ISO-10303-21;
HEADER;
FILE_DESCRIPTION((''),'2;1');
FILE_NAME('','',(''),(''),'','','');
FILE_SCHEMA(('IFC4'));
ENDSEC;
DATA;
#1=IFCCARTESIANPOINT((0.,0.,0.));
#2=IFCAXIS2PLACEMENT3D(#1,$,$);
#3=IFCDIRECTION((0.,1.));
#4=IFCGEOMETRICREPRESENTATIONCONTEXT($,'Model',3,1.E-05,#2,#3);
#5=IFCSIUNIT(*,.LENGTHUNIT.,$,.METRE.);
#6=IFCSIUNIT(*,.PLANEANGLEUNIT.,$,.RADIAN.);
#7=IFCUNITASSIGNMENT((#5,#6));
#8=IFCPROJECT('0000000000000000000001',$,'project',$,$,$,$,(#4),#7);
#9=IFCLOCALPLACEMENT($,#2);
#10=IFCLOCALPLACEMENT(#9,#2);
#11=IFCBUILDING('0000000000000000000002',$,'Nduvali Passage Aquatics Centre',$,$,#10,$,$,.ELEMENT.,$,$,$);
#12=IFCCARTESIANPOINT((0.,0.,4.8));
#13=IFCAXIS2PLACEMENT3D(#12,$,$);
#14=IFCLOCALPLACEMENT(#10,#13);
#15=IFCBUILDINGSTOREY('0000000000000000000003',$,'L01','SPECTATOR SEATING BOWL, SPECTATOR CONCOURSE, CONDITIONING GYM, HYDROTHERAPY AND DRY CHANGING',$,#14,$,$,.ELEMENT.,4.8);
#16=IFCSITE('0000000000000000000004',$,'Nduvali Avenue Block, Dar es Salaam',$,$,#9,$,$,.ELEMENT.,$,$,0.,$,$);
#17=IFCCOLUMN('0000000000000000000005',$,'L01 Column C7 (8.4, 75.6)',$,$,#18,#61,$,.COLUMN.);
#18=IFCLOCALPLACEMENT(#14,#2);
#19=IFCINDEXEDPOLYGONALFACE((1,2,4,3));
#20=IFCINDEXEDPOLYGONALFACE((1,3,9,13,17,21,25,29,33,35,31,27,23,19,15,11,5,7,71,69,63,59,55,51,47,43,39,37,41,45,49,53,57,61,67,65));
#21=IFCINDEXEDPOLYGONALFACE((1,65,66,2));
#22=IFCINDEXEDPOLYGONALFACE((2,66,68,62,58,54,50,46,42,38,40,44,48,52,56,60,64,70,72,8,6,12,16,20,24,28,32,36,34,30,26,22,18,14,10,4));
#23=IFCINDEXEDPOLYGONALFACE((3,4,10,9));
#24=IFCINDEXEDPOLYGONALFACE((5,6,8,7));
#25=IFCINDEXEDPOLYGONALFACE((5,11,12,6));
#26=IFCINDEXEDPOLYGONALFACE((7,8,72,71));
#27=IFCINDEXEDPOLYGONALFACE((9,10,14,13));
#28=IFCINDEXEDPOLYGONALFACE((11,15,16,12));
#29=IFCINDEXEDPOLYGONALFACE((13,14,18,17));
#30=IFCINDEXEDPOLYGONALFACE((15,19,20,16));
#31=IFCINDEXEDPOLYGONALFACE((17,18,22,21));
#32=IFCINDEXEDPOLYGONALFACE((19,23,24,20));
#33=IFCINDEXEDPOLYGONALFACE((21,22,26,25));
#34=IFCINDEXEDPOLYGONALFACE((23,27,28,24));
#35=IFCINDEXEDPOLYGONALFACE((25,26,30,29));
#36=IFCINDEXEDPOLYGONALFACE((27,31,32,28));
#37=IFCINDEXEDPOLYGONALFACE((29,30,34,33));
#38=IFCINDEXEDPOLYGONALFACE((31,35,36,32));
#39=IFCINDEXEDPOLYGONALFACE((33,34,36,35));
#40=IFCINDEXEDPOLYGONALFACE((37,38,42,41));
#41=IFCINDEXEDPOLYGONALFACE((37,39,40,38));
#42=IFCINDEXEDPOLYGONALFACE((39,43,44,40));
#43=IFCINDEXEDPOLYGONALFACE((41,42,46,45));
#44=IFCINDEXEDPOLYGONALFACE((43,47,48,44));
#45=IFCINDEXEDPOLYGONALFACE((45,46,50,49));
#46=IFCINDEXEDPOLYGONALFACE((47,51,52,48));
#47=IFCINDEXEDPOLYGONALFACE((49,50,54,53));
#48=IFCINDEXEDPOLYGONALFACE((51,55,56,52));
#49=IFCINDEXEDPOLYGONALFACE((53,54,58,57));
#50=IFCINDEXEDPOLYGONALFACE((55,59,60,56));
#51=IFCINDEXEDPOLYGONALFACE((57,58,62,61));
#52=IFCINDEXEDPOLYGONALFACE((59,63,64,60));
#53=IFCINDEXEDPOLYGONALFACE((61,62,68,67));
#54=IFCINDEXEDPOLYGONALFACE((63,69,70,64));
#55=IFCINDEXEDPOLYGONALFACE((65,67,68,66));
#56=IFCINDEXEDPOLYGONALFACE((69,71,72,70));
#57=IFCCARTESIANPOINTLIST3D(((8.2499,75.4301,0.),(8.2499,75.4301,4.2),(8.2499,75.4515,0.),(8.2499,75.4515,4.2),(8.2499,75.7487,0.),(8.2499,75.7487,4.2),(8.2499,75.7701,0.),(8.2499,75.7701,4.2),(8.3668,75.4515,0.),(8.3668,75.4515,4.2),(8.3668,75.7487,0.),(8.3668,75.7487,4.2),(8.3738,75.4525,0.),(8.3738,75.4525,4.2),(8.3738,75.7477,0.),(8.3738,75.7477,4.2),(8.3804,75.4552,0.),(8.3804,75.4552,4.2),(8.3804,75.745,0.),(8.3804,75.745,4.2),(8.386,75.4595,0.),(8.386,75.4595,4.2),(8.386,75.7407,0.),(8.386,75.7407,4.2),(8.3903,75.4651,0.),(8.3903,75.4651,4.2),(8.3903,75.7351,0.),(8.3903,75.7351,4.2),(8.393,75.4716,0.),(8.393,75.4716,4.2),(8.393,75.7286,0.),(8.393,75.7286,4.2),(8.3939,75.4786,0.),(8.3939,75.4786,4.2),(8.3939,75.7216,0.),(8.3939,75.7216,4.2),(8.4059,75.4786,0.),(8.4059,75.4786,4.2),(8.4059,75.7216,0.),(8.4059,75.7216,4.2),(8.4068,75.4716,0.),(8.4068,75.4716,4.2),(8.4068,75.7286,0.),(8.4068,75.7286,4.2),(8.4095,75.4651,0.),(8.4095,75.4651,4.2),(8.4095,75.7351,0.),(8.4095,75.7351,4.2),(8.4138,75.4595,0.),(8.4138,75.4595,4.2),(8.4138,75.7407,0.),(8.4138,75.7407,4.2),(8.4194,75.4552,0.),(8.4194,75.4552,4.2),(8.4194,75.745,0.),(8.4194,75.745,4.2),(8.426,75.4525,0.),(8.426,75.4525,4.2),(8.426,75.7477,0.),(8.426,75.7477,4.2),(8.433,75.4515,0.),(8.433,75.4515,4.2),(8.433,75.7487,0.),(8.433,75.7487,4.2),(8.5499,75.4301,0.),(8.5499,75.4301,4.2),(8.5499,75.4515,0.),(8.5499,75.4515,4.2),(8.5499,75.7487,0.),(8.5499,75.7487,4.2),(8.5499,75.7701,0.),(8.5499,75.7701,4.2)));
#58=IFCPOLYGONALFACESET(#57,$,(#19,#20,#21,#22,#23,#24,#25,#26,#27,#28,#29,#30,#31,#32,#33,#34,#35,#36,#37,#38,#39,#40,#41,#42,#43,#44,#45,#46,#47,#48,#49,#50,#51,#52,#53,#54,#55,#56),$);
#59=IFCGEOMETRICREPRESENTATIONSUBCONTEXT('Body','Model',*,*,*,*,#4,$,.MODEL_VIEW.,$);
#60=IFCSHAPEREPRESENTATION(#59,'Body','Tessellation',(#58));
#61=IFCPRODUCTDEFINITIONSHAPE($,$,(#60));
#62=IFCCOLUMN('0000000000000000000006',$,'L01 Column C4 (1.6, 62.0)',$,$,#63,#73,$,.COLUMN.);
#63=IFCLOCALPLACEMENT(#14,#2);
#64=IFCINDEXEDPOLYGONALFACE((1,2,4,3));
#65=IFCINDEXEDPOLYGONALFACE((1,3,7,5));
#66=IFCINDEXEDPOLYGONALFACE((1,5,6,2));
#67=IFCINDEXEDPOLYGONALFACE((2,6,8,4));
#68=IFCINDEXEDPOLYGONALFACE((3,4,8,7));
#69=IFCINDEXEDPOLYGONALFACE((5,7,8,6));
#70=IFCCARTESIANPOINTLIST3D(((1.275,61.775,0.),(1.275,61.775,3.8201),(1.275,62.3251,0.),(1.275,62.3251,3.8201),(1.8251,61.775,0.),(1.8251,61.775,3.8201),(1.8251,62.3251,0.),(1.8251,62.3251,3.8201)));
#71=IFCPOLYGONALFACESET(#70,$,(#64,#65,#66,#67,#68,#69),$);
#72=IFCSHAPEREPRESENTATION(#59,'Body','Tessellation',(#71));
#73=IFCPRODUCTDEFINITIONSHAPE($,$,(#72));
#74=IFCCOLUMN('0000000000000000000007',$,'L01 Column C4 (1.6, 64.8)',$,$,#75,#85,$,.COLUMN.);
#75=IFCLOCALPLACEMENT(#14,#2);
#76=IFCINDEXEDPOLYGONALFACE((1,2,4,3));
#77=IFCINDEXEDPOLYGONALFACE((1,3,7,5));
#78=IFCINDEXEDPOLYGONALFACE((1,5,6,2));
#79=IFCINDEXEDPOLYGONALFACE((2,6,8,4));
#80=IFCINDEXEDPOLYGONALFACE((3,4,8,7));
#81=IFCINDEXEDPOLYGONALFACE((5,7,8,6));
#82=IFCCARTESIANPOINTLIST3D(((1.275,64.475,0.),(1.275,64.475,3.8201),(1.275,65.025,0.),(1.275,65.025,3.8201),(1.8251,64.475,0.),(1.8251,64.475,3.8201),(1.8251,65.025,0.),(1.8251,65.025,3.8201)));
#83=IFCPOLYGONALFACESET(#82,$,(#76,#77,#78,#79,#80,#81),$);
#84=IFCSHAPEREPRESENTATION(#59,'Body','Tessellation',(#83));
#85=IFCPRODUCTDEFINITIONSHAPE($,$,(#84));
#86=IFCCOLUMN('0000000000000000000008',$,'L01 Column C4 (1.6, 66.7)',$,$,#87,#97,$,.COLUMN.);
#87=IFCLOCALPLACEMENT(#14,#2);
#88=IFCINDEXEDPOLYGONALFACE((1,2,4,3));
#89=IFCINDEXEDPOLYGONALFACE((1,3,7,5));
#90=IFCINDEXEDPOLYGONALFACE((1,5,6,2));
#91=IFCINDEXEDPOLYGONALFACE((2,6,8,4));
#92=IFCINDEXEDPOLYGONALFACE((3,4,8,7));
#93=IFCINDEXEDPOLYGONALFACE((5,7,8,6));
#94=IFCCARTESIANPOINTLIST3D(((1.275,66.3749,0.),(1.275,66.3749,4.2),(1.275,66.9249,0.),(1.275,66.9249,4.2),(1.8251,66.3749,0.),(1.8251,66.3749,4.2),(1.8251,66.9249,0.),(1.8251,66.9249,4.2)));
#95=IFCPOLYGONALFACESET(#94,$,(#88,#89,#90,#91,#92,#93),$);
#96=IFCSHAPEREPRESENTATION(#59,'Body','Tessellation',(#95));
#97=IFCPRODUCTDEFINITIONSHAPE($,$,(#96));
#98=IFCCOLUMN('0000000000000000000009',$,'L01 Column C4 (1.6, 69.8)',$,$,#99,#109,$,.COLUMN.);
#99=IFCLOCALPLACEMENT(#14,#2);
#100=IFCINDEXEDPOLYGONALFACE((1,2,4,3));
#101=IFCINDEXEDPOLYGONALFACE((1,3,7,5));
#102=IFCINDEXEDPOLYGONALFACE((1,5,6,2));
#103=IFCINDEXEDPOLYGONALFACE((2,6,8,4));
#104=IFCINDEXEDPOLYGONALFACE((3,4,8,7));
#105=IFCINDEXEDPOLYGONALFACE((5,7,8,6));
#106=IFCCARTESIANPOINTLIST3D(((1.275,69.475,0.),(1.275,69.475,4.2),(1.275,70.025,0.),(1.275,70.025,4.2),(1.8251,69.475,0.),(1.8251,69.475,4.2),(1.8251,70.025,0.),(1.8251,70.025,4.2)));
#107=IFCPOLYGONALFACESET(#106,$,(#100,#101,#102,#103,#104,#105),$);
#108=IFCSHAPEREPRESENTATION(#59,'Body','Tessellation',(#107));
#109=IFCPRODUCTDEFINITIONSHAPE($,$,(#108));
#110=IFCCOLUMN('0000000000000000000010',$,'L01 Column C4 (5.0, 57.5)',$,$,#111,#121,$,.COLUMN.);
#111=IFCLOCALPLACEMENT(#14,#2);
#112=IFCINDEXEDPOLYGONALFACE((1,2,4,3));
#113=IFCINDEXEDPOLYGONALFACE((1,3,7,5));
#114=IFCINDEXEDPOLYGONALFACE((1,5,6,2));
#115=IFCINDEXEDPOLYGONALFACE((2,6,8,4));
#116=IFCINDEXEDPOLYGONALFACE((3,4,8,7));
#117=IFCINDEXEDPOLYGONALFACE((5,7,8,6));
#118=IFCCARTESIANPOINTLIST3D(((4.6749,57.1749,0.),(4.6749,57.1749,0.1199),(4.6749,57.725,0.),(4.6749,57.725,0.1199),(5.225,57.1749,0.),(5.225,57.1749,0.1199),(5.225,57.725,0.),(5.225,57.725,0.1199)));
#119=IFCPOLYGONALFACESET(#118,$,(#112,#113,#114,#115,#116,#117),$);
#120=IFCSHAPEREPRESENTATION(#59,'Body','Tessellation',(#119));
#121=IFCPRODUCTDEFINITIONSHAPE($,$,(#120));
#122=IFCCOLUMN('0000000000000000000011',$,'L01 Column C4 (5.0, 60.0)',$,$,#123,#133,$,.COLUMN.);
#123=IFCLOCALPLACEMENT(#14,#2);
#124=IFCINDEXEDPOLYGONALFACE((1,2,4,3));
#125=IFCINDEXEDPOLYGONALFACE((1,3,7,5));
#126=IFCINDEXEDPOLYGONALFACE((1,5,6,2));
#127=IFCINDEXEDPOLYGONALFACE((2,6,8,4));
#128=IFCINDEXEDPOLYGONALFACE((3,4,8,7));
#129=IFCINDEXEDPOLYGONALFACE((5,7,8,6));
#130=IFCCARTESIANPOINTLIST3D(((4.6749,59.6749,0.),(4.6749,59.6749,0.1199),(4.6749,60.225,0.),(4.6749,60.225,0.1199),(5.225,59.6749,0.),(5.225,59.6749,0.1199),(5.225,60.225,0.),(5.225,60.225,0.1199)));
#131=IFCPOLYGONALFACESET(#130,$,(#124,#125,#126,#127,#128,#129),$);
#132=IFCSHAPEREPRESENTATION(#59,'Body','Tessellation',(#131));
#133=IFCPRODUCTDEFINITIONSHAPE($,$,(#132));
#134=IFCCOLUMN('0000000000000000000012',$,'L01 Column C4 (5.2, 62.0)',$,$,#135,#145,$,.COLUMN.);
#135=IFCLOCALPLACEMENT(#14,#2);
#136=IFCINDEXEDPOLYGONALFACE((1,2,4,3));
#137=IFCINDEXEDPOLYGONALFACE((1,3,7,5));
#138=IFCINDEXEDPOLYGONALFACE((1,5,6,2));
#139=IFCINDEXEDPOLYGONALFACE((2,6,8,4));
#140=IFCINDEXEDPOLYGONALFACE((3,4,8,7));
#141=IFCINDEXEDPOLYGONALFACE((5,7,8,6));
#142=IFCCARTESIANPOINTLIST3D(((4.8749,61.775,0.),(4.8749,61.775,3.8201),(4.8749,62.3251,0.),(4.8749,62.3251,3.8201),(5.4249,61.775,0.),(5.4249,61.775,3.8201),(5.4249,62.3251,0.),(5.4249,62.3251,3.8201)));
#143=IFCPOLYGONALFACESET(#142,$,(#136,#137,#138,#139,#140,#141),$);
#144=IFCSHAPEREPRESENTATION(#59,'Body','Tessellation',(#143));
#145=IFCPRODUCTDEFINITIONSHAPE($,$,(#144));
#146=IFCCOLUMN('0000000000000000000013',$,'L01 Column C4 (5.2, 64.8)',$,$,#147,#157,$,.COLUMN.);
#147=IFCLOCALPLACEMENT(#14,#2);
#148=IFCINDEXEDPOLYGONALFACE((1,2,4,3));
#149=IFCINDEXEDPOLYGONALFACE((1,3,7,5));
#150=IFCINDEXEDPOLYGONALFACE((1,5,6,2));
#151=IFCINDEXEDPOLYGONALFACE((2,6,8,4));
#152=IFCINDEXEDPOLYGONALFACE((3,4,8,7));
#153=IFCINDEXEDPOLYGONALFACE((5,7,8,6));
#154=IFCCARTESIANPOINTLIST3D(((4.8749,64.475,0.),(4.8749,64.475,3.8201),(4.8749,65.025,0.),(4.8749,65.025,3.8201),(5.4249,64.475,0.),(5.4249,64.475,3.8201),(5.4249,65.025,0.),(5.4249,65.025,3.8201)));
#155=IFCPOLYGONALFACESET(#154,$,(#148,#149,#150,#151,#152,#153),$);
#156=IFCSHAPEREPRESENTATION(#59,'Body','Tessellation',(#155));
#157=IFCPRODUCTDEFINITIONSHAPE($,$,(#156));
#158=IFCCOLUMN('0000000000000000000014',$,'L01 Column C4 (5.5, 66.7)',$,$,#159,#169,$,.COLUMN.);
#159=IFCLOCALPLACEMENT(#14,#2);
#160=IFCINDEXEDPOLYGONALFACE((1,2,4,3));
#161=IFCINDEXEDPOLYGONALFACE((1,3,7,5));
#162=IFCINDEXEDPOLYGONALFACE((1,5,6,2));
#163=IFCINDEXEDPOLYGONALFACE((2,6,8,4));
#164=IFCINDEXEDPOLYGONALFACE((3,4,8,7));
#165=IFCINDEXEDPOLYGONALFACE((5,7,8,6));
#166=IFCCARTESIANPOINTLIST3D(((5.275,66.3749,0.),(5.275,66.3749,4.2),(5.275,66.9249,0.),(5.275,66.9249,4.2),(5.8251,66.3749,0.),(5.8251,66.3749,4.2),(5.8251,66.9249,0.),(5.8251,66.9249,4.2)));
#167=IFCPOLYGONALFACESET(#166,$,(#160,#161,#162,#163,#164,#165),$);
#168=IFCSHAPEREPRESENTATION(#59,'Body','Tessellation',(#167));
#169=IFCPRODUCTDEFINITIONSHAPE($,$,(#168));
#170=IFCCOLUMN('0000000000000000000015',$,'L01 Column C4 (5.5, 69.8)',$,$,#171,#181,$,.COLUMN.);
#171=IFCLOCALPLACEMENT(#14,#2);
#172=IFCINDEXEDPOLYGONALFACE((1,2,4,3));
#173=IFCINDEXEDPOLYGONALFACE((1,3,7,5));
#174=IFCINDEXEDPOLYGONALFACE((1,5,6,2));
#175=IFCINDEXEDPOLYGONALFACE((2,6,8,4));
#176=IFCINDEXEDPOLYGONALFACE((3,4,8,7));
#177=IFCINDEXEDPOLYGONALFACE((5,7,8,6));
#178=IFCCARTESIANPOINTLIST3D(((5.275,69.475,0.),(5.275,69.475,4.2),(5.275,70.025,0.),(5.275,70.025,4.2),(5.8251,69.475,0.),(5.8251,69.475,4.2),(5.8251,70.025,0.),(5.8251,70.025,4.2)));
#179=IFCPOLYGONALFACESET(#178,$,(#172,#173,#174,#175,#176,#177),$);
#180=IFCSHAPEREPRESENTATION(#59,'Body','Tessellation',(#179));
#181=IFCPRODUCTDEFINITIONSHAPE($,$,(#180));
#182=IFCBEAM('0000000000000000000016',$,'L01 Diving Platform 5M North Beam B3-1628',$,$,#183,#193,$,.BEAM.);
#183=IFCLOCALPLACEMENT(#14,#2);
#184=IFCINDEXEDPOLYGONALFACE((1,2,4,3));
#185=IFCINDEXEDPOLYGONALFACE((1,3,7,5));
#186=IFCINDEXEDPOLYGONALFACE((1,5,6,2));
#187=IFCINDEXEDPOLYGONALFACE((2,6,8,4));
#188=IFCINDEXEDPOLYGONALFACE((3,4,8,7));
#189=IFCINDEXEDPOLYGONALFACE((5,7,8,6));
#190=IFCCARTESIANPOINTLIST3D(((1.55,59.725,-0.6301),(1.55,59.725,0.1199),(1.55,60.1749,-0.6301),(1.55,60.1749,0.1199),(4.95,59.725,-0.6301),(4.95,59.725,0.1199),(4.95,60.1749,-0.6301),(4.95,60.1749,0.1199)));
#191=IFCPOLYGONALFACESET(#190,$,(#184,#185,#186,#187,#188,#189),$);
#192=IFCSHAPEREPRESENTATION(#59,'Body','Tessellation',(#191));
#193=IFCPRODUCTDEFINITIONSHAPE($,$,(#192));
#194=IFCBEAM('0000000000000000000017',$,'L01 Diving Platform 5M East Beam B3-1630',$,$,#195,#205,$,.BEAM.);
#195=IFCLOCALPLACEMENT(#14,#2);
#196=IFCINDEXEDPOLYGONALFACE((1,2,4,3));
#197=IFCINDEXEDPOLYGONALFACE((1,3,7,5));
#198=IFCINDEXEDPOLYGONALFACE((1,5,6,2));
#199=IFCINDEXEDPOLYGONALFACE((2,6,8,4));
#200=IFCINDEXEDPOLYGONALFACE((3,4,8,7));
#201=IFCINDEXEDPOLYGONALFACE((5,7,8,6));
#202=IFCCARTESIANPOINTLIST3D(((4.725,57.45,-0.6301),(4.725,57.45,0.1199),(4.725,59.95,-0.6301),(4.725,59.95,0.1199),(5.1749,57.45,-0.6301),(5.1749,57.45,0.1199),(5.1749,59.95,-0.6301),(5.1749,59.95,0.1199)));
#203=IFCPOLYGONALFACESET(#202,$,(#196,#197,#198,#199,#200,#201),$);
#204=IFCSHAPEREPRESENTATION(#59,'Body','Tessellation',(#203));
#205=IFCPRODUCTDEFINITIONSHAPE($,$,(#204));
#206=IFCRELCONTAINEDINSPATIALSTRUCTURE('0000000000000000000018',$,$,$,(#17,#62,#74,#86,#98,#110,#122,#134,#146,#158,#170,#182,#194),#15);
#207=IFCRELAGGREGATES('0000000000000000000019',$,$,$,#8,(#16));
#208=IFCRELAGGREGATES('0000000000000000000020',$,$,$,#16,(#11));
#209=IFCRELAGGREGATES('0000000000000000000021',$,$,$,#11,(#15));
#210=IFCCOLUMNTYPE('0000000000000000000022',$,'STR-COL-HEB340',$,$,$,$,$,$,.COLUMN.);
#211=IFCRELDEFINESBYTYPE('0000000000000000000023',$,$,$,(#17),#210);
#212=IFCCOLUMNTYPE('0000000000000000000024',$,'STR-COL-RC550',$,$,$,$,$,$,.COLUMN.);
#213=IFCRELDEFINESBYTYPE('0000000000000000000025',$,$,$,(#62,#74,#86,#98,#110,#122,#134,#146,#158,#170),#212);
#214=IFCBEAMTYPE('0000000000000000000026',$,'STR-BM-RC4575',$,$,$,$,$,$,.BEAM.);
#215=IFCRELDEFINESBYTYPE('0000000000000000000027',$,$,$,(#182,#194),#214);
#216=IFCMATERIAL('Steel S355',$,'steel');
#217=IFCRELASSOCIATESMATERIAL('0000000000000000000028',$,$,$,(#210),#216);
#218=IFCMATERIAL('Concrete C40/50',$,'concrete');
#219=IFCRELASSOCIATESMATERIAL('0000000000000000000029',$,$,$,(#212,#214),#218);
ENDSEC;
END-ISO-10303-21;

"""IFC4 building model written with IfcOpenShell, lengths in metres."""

from ifc_helpers import new_model, si_unit, direction, frame, origin, origin_2d, place, context, subcontext, project, spatial, rectangle, i_section, extrude, material, material_profile, profile_set, type_object, element, save


model = new_model("IFC4")

# Units and contexts
model_context = context("Model", 3, precision=1e-05, world=origin(), true_north=direction((0.0, 1.0)))
body_context = subcontext(model_context, "Body", "Model", "MODEL_VIEW")
ifc_project = project(units=[si_unit("LENGTHUNIT", "METRE"), si_unit("PLANEANGLEUNIT", "RADIAN")], contexts=[model_context])

# Site, building, storey
site_placement = place(None, origin())
site = spatial("IfcSite", under=ifc_project, at=site_placement, Name="Nduvali Avenue Block, Dar es Salaam", CompositionType="ELEMENT", RefElevation=0.0)
building_placement = place(site_placement, origin())
building = spatial("IfcBuilding", under=site, at=building_placement, Name="Nduvali Passage Aquatics Centre", CompositionType="ELEMENT")
storey_placement = place(building_placement, frame((0.0, 0.0, 4.8)))
storey = spatial("IfcBuildingStorey", under=building, at=storey_placement, Name="L01", Description="SPECTATOR SEATING BOWL, SPECTATOR CONCOURSE, CONDITIONING GYM, HYDROTHERAPY AND DRY CHANGING", CompositionType="ELEMENT", Elevation=4.8)

# Columns
ifc_material_1 = material(Name="Steel S355", Category="steel")
ifc_material_profile_1 = material_profile(ifc_material_1, i_section(OverallWidth=0.3, OverallDepth=0.3401, WebThickness=0.012, FlangeThickness=0.0215, FilletRadius=0.0271, at=origin_2d()), Name="HEB 340")
ifc_profile_set_1 = profile_set([ifc_material_profile_1], Name="Steel S355")
column_type_1 = type_object("IfcColumnType", Name="STR-COL-HEB340", PredefinedType="COLUMN", material=ifc_profile_set_1)
column_placement = place(storey_placement, frame((8.3999, 75.6001, 0.0), z_axis=(0.0, 0.0, 1.0), x_axis=(1.0, 0.0, 0.0)))
element("IfcColumn", 1, at=column_placement, inside=storey, type_object=column_type_1, Name="L01 Column C7 (8.4, 75.6)", PredefinedType="COLUMN", context=body_context, shape_type="SweptSolid", body=[
    extrude(i_section(OverallWidth=0.3, OverallDepth=0.3401, WebThickness=0.012, FlangeThickness=0.0215, FilletRadius=0.0271, at=origin_2d()), origin(), (0.0, 0.0, 1.0), 4.2),
])
ifc_material_2 = material(Name="Concrete C40/50", Category="concrete")
ifc_material_profile_2 = material_profile(ifc_material_2, rectangle(XDim=0.55, YDim=0.55, at=origin_2d()), Name="RC 550x550")
ifc_profile_set_2 = profile_set([ifc_material_profile_2], Name="Concrete C40/50")
column_type_2 = type_object("IfcColumnType", Name="STR-COL-RC550", PredefinedType="COLUMN", material=ifc_profile_set_2)
for number, where, z_axis, x_axis, name in (
    (2, (1.55, 62.05, 0.0), (0.0, 0.0, 1.0), (1.0, 0.0, 0.0), "L01 Column C4 (1.6, 62.0)"),
    (3, (1.55, 64.75, 0.0), (0.0, 0.0, 1.0), (1.0, 0.0, 0.0), "L01 Column C4 (1.6, 64.8)"),
):
    element("IfcColumn", number, at=place(storey_placement, frame(where, z_axis=z_axis, x_axis=x_axis)), inside=storey, type_object=column_type_2, Name=name, PredefinedType="COLUMN", context=body_context, shape_type="SweptSolid", body=[
        extrude(rectangle(XDim=0.55, YDim=0.55, at=origin_2d()), origin(), (0.0, 0.0, 1.0), 3.8201),
    ])
for number, where, z_axis, x_axis, name in (
    (4, (1.55, 66.6499, 0.0), (0.0, 0.0, 1.0), (1.0, 0.0, 0.0), "L01 Column C4 (1.6, 66.7)"),
    (5, (1.55, 69.75, 0.0), (0.0, 0.0, 1.0), (1.0, 0.0, 0.0), "L01 Column C4 (1.6, 69.8)"),
):
    element("IfcColumn", number, at=place(storey_placement, frame(where, z_axis=z_axis, x_axis=x_axis)), inside=storey, type_object=column_type_2, Name=name, PredefinedType="COLUMN", context=body_context, shape_type="SweptSolid", body=[
        extrude(rectangle(XDim=0.55, YDim=0.55, at=origin_2d()), origin(), (0.0, 0.0, 1.0), 4.2),
    ])
for number, where, z_axis, x_axis, name in (
    (6, (4.95, 57.45, 0.0), (0.0, 0.0, 1.0), (1.0, 0.0, 0.0), "L01 Column C4 (5.0, 57.5)"),
    (7, (4.95, 59.95, 0.0), (0.0, 0.0, 1.0), (1.0, 0.0, 0.0), "L01 Column C4 (5.0, 60.0)"),
):
    element("IfcColumn", number, at=place(storey_placement, frame(where, z_axis=z_axis, x_axis=x_axis)), inside=storey, type_object=column_type_2, Name=name, PredefinedType="COLUMN", context=body_context, shape_type="SweptSolid", body=[
        extrude(rectangle(XDim=0.55, YDim=0.55, at=origin_2d()), origin(), (0.0, 0.0, 1.0), 0.1199),
    ])
for number, where, z_axis, x_axis, name in (
    (8, (5.1499, 62.05, 0.0), (0.0, 0.0, 1.0), (1.0, 0.0, 0.0), "L01 Column C4 (5.2, 62.0)"),
    (9, (5.1499, 64.75, 0.0), (0.0, 0.0, 1.0), (1.0, 0.0, 0.0), "L01 Column C4 (5.2, 64.8)"),
):
    element("IfcColumn", number, at=place(storey_placement, frame(where, z_axis=z_axis, x_axis=x_axis)), inside=storey, type_object=column_type_2, Name=name, PredefinedType="COLUMN", context=body_context, shape_type="SweptSolid", body=[
        extrude(rectangle(XDim=0.55, YDim=0.55, at=origin_2d()), origin(), (0.0, 0.0, 1.0), 3.8201),
    ])
for number, where, z_axis, x_axis, name in (
    (10, (5.55, 66.6499, 0.0), (0.0, 0.0, 1.0), (1.0, 0.0, 0.0), "L01 Column C4 (5.5, 66.7)"),
    (11, (5.55, 69.75, 0.0), (0.0, 0.0, 1.0), (1.0, 0.0, 0.0), "L01 Column C4 (5.5, 69.8)"),
):
    element("IfcColumn", number, at=place(storey_placement, frame(where, z_axis=z_axis, x_axis=x_axis)), inside=storey, type_object=column_type_2, Name=name, PredefinedType="COLUMN", context=body_context, shape_type="SweptSolid", body=[
        extrude(rectangle(XDim=0.55, YDim=0.55, at=origin_2d()), origin(), (0.0, 0.0, 1.0), 4.2),
    ])

# Beams
ifc_material_profile_3 = material_profile(ifc_material_2, rectangle(XDim=0.45, YDim=0.75, at=origin_2d()), Name="RC 450x750")
ifc_profile_set_3 = profile_set([ifc_material_profile_3], Name="Concrete C40/50")
beam_type_1 = type_object("IfcBeamType", Name="STR-BM-RC4575", PredefinedType="BEAM", material=ifc_profile_set_3)
beam_1_placement = place(storey_placement, frame((1.55, 59.95, -0.2551), z_axis=(1.0, 0.0, 0.0), x_axis=(0.0, 1.0, 0.0)))
element("IfcBeam", 12, at=beam_1_placement, inside=storey, type_object=beam_type_1, Name="L01 Diving Platform 5M North Beam B3-1628", PredefinedType="BEAM", context=body_context, shape_type="SweptSolid", body=[
    extrude(rectangle(XDim=0.45, YDim=0.75, at=origin_2d()), origin(), (0.0, 0.0, 1.0), 3.3999),
])
beam_2_placement = place(storey_placement, frame((4.95, 57.45, -0.2551), z_axis=(0.0, 1.0, 0.0), x_axis=(-1.0, 0.0, 0.0)))
element("IfcBeam", 13, at=beam_2_placement, inside=storey, type_object=beam_type_1, Name="L01 Diving Platform 5M East Beam B3-1630", PredefinedType="BEAM", context=body_context, shape_type="SweptSolid", body=[
    extrude(rectangle(XDim=0.45, YDim=0.75, at=origin_2d()), origin(), (0.0, 0.0, 1.0), 2.5),
])

save(model, "model.ifc")
